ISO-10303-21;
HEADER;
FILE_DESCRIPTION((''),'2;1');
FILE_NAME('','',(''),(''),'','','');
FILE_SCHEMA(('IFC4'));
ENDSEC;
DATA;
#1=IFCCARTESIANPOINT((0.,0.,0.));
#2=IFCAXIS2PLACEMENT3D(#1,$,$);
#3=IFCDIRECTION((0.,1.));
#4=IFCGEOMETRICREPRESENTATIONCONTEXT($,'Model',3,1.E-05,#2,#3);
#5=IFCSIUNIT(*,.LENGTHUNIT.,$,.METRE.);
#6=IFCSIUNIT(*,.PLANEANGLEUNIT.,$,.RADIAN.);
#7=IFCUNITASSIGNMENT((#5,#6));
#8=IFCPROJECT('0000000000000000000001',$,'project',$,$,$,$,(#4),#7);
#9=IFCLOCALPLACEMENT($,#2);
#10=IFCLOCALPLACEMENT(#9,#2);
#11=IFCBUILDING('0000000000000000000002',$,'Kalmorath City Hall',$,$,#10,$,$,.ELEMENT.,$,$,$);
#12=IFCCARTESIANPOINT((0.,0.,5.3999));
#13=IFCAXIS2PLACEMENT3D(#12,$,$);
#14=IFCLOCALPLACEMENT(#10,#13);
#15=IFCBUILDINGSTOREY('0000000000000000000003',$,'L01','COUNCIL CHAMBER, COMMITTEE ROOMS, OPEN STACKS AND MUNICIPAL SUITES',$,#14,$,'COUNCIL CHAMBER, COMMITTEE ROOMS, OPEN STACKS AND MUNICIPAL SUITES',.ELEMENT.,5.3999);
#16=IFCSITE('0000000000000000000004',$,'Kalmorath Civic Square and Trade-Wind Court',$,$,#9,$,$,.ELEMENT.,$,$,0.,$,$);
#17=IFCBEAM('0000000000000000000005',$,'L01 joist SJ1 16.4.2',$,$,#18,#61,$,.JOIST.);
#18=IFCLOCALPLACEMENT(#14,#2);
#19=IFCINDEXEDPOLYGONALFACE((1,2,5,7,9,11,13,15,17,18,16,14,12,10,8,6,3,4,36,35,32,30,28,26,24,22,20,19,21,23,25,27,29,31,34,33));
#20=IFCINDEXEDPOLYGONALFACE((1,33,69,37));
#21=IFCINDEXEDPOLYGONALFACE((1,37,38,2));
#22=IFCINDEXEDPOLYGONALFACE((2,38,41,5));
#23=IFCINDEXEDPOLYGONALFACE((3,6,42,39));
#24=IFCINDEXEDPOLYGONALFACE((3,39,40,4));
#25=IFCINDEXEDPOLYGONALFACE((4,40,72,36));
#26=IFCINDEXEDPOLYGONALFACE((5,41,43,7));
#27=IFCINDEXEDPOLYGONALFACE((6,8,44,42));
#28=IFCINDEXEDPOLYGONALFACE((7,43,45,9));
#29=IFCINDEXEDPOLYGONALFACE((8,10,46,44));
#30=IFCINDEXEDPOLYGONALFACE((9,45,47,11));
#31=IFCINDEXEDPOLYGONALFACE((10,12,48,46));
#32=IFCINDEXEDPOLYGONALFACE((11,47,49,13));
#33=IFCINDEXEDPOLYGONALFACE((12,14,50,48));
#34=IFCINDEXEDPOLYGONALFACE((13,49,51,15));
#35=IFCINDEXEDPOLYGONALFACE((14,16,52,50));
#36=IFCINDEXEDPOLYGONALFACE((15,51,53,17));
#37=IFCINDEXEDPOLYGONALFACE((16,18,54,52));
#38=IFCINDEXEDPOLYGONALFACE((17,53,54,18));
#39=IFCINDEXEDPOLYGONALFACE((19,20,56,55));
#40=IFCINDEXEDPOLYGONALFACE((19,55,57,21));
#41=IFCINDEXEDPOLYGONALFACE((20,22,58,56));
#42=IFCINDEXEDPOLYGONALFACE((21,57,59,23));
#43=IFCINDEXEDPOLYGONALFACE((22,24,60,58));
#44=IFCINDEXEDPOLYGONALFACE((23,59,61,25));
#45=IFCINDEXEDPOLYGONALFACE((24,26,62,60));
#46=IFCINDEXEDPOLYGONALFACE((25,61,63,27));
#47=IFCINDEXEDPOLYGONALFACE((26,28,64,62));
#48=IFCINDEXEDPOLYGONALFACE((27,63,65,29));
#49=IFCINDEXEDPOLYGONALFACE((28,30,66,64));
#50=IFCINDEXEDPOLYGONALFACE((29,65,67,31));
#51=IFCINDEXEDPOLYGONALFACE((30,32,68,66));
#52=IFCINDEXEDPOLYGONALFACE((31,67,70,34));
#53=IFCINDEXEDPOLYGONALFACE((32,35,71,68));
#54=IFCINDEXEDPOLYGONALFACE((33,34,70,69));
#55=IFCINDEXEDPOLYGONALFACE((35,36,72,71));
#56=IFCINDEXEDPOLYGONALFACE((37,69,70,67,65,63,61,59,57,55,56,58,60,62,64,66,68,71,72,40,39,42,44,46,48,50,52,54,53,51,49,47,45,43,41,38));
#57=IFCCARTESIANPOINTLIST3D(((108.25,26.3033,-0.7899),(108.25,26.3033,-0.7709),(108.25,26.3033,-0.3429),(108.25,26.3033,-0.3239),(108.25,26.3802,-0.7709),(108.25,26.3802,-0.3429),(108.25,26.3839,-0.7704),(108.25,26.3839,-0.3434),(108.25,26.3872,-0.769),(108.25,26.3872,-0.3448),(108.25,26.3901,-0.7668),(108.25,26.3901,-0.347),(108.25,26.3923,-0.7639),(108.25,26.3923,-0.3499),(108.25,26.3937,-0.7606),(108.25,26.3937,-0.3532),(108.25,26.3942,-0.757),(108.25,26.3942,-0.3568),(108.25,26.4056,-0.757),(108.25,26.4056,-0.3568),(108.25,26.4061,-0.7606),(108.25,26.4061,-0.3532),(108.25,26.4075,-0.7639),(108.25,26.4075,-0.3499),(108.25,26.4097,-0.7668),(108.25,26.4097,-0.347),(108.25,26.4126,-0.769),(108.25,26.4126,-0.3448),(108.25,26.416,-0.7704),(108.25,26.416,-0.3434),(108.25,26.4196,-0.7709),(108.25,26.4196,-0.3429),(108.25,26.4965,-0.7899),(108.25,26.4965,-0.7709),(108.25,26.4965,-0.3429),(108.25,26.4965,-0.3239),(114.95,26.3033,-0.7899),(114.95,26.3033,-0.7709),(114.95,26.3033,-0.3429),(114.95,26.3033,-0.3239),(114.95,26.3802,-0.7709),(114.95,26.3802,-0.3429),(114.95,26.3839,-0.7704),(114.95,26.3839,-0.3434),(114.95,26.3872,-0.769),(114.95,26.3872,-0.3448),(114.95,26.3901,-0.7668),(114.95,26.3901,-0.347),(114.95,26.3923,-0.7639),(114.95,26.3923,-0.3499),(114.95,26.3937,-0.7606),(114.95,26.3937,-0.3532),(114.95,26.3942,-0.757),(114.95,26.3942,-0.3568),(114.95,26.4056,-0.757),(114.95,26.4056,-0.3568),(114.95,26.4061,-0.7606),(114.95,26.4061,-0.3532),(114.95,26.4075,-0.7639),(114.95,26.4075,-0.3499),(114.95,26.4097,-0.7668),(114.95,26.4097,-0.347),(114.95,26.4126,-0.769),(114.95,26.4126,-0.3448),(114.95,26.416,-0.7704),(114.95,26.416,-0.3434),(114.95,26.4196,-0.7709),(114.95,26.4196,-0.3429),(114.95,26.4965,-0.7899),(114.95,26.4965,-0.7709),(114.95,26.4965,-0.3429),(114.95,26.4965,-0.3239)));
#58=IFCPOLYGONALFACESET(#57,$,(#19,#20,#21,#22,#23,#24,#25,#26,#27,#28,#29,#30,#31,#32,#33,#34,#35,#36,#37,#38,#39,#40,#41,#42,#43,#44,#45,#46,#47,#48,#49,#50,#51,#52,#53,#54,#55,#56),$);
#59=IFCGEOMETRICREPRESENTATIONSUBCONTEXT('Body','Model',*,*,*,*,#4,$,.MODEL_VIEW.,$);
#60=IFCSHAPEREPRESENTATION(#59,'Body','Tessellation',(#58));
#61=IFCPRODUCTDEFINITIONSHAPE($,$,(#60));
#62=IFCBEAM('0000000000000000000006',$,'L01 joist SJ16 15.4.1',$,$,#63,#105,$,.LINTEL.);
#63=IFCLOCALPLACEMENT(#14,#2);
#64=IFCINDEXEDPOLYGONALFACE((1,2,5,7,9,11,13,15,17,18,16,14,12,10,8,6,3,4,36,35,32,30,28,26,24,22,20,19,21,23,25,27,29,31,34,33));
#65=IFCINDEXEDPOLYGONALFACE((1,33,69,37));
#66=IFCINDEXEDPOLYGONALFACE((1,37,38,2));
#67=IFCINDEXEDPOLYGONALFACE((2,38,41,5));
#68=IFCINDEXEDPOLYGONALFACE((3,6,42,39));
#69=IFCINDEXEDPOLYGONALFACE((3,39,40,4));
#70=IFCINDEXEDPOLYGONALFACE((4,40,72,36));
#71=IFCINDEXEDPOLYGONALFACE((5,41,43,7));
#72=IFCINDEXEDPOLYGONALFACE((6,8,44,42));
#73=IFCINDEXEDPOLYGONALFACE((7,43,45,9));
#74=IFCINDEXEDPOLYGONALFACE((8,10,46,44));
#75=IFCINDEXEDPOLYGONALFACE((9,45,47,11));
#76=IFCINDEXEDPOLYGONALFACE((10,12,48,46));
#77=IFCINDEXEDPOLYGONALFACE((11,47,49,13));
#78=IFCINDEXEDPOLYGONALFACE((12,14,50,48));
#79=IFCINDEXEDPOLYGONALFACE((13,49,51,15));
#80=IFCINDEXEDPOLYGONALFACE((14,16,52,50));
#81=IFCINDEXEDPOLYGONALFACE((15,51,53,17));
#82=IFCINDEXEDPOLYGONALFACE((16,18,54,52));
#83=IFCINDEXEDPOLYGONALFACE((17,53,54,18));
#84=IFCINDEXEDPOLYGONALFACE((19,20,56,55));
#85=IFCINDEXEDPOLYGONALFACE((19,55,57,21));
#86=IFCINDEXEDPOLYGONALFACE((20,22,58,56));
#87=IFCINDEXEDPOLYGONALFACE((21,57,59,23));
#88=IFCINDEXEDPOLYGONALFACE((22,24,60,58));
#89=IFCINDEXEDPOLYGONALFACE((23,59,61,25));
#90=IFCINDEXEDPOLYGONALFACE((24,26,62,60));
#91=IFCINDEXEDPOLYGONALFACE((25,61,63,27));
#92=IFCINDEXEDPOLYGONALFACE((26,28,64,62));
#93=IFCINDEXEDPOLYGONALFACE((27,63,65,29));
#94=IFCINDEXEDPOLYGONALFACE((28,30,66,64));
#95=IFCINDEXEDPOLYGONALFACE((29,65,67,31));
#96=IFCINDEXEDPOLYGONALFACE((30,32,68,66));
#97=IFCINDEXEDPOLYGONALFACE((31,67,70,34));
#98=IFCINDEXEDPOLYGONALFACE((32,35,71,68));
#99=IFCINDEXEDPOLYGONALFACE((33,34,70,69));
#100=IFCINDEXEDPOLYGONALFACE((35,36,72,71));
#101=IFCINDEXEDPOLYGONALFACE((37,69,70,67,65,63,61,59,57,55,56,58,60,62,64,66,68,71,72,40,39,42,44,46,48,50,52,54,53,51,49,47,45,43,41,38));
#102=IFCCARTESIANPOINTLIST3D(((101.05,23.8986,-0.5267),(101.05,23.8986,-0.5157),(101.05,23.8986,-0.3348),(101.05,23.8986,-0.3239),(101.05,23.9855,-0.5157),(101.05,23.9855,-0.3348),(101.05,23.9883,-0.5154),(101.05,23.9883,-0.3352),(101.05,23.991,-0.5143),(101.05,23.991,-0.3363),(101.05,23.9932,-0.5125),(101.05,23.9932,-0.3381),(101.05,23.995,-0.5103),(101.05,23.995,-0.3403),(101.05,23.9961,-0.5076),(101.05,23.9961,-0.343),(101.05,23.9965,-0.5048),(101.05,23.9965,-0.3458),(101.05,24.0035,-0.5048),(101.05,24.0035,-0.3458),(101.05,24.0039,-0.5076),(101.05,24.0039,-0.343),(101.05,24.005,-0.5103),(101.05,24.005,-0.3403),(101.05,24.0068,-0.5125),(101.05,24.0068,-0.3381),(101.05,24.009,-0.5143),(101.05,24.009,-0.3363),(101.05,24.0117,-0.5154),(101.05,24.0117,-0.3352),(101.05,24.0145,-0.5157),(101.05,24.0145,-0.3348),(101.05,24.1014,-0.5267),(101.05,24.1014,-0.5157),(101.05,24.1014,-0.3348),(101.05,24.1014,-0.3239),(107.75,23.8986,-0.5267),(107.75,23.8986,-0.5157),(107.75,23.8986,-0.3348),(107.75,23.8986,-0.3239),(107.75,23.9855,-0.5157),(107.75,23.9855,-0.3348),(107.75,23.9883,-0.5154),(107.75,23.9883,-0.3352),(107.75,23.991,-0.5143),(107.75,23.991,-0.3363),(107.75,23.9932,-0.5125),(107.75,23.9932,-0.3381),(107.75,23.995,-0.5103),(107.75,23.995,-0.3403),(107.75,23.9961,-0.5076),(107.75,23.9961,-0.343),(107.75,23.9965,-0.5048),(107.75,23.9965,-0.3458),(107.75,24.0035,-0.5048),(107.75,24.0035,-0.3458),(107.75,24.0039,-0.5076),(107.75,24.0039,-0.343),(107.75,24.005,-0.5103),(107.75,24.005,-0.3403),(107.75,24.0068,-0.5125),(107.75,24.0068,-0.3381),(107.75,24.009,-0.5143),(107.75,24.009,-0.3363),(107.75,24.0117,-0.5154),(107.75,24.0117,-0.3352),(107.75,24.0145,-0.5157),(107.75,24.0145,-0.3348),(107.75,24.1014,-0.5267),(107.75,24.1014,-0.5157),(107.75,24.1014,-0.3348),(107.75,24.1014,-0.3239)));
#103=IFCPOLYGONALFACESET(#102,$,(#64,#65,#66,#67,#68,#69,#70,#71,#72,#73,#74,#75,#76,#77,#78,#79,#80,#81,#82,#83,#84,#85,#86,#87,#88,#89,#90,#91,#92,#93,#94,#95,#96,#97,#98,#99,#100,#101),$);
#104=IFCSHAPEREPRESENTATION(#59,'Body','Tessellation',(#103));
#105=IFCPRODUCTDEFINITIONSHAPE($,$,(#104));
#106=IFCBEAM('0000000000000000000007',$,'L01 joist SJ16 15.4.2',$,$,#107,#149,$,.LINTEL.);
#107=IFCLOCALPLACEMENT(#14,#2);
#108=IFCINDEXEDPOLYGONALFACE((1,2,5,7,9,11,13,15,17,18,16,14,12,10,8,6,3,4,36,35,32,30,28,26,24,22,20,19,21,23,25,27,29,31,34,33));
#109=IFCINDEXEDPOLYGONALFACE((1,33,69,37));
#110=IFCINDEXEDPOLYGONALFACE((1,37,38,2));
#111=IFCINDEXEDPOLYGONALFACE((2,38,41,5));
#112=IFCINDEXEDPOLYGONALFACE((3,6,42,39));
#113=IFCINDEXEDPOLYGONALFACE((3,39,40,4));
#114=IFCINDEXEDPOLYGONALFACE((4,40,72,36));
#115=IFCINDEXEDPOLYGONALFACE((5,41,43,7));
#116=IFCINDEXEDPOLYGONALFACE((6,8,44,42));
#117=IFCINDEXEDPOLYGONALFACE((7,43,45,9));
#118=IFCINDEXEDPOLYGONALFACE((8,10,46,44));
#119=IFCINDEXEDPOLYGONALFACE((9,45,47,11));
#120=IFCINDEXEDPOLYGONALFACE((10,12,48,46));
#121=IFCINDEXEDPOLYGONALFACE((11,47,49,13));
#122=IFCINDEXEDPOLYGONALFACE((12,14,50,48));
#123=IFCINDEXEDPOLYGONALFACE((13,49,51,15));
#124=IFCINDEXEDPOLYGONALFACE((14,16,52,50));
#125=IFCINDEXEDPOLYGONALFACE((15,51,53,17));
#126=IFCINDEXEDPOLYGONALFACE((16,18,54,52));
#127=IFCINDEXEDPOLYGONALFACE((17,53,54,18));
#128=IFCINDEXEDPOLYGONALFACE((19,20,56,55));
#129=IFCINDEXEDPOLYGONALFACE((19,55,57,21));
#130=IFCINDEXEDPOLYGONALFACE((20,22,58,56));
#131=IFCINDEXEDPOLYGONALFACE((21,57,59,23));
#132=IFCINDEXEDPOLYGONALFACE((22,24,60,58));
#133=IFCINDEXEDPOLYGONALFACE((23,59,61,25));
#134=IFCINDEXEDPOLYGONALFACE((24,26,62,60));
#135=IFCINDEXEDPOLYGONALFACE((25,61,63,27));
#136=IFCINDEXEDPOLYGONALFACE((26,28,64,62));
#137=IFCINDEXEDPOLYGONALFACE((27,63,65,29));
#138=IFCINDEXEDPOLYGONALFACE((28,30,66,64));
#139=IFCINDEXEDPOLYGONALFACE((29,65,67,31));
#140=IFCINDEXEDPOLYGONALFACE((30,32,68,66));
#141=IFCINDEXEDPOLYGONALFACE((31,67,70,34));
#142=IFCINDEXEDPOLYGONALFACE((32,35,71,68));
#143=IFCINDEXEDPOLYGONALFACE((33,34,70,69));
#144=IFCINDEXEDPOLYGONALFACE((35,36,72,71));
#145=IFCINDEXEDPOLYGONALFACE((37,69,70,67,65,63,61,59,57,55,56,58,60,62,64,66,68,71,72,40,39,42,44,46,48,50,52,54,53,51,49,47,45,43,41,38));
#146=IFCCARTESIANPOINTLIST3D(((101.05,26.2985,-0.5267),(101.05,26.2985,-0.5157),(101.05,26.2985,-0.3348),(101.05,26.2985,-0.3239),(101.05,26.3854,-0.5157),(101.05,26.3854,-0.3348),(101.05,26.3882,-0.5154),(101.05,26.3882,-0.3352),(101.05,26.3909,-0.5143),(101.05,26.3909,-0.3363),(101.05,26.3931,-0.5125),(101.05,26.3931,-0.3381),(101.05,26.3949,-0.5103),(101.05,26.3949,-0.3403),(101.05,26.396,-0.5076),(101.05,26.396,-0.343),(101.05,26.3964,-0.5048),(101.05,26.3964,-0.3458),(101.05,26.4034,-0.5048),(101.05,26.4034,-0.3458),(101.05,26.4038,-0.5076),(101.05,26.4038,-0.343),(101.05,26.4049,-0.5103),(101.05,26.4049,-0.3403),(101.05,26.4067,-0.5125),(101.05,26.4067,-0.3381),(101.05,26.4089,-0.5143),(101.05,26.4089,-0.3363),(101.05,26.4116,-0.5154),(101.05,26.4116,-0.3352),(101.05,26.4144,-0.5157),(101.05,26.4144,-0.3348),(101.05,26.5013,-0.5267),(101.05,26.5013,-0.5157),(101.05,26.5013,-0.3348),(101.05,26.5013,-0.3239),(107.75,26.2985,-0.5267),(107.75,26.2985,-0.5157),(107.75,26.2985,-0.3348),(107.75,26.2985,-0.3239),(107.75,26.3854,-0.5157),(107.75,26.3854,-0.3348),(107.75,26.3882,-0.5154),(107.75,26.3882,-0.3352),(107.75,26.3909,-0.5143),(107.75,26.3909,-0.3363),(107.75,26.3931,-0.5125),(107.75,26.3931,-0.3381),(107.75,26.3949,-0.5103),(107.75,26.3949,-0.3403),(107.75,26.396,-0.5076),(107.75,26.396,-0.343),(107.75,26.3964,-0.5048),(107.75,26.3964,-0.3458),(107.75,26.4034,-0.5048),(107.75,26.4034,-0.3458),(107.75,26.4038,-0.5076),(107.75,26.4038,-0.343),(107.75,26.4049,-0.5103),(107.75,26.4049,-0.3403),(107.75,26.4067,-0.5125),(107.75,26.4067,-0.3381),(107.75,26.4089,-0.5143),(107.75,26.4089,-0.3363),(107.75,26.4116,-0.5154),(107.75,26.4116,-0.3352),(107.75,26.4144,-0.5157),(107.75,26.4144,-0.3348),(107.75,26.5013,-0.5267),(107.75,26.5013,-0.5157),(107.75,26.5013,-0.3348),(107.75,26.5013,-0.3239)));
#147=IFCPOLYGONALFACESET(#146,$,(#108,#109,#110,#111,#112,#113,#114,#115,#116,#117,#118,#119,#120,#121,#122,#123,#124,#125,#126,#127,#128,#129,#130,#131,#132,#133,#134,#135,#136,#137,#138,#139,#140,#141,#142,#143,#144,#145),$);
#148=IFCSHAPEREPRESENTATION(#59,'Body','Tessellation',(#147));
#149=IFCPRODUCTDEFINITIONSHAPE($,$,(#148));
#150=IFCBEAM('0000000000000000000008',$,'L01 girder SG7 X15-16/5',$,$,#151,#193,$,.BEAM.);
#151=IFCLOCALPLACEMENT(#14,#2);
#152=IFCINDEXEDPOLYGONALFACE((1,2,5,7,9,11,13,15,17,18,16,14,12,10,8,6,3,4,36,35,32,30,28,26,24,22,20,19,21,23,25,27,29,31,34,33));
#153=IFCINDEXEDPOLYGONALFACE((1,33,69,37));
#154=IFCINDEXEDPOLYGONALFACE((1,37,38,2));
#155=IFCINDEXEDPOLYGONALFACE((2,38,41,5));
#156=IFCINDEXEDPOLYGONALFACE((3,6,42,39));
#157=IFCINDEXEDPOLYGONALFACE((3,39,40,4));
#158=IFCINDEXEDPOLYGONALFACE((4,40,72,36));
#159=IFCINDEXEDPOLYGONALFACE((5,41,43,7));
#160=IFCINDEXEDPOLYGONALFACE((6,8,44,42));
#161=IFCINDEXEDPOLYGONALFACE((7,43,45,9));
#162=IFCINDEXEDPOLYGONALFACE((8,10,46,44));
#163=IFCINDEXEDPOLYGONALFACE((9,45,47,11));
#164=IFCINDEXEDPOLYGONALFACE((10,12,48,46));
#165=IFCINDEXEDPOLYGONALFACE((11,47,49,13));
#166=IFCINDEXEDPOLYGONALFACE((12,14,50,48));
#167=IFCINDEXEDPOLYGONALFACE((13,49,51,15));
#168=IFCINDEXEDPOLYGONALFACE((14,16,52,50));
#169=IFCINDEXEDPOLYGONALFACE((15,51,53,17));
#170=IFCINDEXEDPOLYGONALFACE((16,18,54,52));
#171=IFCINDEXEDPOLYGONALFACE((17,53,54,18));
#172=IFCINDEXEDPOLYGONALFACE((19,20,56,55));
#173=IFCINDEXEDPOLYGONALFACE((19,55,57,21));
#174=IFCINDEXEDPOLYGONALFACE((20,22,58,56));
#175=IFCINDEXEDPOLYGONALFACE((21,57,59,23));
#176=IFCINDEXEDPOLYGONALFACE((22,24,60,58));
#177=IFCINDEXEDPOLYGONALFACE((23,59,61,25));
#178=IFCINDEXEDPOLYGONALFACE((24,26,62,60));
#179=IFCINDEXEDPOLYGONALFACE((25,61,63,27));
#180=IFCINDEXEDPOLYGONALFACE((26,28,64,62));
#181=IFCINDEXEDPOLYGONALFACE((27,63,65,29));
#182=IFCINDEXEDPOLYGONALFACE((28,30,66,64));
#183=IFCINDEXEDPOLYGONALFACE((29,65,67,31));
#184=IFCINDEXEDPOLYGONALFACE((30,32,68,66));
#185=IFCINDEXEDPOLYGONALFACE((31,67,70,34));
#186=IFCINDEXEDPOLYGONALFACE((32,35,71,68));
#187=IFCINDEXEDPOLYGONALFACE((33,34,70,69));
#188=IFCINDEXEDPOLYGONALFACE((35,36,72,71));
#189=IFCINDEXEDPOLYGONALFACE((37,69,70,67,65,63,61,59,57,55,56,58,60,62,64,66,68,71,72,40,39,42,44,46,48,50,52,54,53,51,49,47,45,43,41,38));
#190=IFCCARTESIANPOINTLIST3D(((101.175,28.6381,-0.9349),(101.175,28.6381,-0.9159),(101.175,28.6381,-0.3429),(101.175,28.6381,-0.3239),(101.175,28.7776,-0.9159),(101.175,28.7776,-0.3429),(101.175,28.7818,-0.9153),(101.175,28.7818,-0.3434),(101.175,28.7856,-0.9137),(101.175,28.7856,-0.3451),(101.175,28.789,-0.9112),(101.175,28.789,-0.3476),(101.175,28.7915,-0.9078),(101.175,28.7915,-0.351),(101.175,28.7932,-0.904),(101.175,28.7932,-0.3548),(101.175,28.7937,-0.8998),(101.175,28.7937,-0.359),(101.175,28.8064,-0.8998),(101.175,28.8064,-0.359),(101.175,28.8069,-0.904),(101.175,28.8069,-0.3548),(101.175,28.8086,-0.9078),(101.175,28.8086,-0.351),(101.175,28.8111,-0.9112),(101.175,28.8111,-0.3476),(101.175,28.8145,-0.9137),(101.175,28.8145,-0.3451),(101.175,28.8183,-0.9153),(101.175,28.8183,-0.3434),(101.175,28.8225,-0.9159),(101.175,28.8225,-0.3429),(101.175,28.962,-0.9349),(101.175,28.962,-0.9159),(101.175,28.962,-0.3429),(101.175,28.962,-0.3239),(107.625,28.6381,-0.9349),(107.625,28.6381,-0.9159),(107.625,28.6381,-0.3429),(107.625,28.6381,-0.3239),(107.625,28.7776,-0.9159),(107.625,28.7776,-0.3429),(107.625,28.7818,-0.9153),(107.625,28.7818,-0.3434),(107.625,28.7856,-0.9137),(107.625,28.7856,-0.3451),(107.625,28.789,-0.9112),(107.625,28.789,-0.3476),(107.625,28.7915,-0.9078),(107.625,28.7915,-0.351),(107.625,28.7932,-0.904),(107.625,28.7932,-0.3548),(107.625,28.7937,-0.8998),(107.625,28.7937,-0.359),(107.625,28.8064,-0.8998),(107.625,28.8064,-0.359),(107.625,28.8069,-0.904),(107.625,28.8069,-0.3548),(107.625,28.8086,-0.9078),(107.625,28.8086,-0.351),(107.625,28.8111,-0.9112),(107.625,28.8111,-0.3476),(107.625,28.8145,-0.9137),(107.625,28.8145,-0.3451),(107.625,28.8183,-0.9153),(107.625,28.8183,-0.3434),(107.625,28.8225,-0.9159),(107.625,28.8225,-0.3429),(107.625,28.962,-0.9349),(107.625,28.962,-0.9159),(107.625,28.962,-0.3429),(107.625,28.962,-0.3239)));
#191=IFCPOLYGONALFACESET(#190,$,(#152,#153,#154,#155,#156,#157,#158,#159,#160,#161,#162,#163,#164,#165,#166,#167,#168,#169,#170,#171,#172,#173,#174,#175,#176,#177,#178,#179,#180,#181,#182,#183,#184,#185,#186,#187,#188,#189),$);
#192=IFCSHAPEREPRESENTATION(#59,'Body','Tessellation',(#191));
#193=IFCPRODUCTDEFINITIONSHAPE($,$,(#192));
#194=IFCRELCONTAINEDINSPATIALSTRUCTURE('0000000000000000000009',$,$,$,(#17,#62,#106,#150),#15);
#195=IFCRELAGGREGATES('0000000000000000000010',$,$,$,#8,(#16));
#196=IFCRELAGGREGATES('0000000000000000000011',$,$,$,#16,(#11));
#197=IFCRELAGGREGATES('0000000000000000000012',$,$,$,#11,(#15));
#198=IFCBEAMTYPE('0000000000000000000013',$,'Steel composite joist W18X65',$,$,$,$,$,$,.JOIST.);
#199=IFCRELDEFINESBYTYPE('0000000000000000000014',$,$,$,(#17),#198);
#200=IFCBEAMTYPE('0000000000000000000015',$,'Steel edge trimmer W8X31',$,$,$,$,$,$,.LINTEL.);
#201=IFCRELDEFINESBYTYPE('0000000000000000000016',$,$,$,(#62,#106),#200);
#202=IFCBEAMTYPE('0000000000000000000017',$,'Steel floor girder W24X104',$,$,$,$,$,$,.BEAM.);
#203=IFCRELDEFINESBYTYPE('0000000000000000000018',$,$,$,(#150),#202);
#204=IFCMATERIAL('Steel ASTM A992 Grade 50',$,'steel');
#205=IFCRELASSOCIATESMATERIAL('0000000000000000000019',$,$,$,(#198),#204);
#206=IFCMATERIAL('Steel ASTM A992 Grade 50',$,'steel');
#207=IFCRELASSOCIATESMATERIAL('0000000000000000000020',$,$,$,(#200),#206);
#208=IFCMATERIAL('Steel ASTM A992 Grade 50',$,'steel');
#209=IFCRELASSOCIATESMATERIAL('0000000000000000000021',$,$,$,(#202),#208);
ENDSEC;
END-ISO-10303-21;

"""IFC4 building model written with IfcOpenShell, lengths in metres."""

from ifc_helpers import new_model, si_unit, direction, frame, origin, origin_2d, place, context, subcontext, project, spatial, i_section, extrude, material, material_profile, profile_set, type_object, element, save


model = new_model("IFC4")

# Units and contexts
model_context = context("Model", 3, precision=1e-05, world=origin(), true_north=direction((0.0, 1.0)))
body_context = subcontext(model_context, "Body", "Model", "MODEL_VIEW")
ifc_project = project(units=[si_unit("LENGTHUNIT", "METRE"), si_unit("PLANEANGLEUNIT", "RADIAN")], contexts=[model_context])

# Site, building, storey
site_placement = place(None, origin())
site = spatial("IfcSite", under=ifc_project, at=site_placement, Name="Kalmorath Civic Square and Trade-Wind Court", CompositionType="ELEMENT", RefElevation=0.0)
building_placement = place(site_placement, origin())
building = spatial("IfcBuilding", under=site, at=building_placement, Name="Kalmorath City Hall", CompositionType="ELEMENT")
storey_placement = place(building_placement, frame((0.0, 0.0, 5.3999)))
storey = spatial("IfcBuildingStorey", under=building, at=storey_placement, Name="L01", Description="COUNCIL CHAMBER, COMMITTEE ROOMS, OPEN STACKS AND MUNICIPAL SUITES", LongName="COUNCIL CHAMBER, COMMITTEE ROOMS, OPEN STACKS AND MUNICIPAL SUITES", CompositionType="ELEMENT", Elevation=5.3999)

# Beams
ifc_material_1 = material(Name="Steel ASTM A992 Grade 50", Category="steel")
ifc_material_profile_1 = material_profile(ifc_material_1, i_section(OverallWidth=0.1931, OverallDepth=0.4661, WebThickness=0.0115, FlangeThickness=0.019, FilletRadius=0.0139, at=origin_2d()), Name="W18X65")
ifc_profile_set_1 = profile_set([ifc_material_profile_1], Name="Steel ASTM A992 Grade 50")
beam_type_1 = type_object("IfcBeamType", Name="Steel composite joist W18X65", PredefinedType="JOIST", material=ifc_profile_set_1)
for number, where, z_axis, x_axis, name in (
    (1, (108.25, 26.3999, -0.5569), (1.0, 0.0, 0.0), (0.0, 1.0, 0.0), "L01 joist SJ1 16.4.2"),
):
    element("IfcBeam", number, at=place(storey_placement, frame(where, z_axis=z_axis, x_axis=x_axis)), inside=storey, type_object=beam_type_1, Name=name, PredefinedType="JOIST", context=body_context, shape_type="SweptSolid", body=[
        extrude(i_section(OverallWidth=0.1931, OverallDepth=0.4661, WebThickness=0.0115, FlangeThickness=0.019, FilletRadius=0.0139, at=origin_2d()), origin(), (0.0, 0.0, 1.0), 6.7),
    ])
ifc_material_2 = material(Name="Steel ASTM A992 Grade 50", Category="steel")
ifc_material_profile_2 = material_profile(ifc_material_2, i_section(OverallWidth=0.2029, OverallDepth=0.2029, WebThickness=0.0071, FlangeThickness=0.011, FilletRadius=0.011, at=origin_2d()), Name="W8X31")
ifc_profile_set_2 = profile_set([ifc_material_profile_2], Name="Steel ASTM A992 Grade 50")
beam_type_2 = type_object("IfcBeamType", Name="Steel edge trimmer W8X31", PredefinedType="LINTEL", material=ifc_profile_set_2)
for number, where, z_axis, x_axis, name in (
    (2, (101.05, 24.0, -0.4253), (1.0, 0.0, 0.0), (0.0, 1.0, 0.0), "L01 joist SJ16 15.4.1"),
    (3, (101.05, 26.3999, -0.4253), (1.0, 0.0, 0.0), (0.0, 1.0, 0.0), "L01 joist SJ16 15.4.2"),
):
    element("IfcBeam", number, at=place(storey_placement, frame(where, z_axis=z_axis, x_axis=x_axis)), inside=storey, type_object=beam_type_2, Name=name, PredefinedType="LINTEL", context=body_context, shape_type="SweptSolid", body=[
        extrude(i_section(OverallWidth=0.2029, OverallDepth=0.2029, WebThickness=0.0071, FlangeThickness=0.011, FilletRadius=0.011, at=origin_2d()), origin(), (0.0, 0.0, 1.0), 6.7),
    ])
ifc_material_3 = material(Name="Steel ASTM A992 Grade 50", Category="steel")
ifc_material_profile_3 = material_profile(ifc_material_3, i_section(OverallWidth=0.324, OverallDepth=0.6111, WebThickness=0.0127, FlangeThickness=0.019, FilletRadius=0.0161, at=origin_2d()), Name="W24X104")
ifc_profile_set_3 = profile_set([ifc_material_profile_3], Name="Steel ASTM A992 Grade 50")
beam_type_3 = type_object("IfcBeamType", Name="Steel floor girder W24X104", PredefinedType="BEAM", material=ifc_profile_set_3)
beam_1_placement = place(storey_placement, frame((101.175, 28.8, -0.6294), z_axis=(1.0, 0.0, 0.0), x_axis=(0.0, 1.0, 0.0)))
element("IfcBeam", 4, at=beam_1_placement, inside=storey, type_object=beam_type_3, Name="L01 girder SG7 X15-16/5", PredefinedType="BEAM", context=body_context, shape_type="SweptSolid", body=[
    extrude(i_section(OverallWidth=0.324, OverallDepth=0.6111, WebThickness=0.0127, FlangeThickness=0.019, FilletRadius=0.0161, at=origin_2d()), origin(), (0.0, 0.0, 1.0), 6.45),
])

save(model, "model.ifc")
